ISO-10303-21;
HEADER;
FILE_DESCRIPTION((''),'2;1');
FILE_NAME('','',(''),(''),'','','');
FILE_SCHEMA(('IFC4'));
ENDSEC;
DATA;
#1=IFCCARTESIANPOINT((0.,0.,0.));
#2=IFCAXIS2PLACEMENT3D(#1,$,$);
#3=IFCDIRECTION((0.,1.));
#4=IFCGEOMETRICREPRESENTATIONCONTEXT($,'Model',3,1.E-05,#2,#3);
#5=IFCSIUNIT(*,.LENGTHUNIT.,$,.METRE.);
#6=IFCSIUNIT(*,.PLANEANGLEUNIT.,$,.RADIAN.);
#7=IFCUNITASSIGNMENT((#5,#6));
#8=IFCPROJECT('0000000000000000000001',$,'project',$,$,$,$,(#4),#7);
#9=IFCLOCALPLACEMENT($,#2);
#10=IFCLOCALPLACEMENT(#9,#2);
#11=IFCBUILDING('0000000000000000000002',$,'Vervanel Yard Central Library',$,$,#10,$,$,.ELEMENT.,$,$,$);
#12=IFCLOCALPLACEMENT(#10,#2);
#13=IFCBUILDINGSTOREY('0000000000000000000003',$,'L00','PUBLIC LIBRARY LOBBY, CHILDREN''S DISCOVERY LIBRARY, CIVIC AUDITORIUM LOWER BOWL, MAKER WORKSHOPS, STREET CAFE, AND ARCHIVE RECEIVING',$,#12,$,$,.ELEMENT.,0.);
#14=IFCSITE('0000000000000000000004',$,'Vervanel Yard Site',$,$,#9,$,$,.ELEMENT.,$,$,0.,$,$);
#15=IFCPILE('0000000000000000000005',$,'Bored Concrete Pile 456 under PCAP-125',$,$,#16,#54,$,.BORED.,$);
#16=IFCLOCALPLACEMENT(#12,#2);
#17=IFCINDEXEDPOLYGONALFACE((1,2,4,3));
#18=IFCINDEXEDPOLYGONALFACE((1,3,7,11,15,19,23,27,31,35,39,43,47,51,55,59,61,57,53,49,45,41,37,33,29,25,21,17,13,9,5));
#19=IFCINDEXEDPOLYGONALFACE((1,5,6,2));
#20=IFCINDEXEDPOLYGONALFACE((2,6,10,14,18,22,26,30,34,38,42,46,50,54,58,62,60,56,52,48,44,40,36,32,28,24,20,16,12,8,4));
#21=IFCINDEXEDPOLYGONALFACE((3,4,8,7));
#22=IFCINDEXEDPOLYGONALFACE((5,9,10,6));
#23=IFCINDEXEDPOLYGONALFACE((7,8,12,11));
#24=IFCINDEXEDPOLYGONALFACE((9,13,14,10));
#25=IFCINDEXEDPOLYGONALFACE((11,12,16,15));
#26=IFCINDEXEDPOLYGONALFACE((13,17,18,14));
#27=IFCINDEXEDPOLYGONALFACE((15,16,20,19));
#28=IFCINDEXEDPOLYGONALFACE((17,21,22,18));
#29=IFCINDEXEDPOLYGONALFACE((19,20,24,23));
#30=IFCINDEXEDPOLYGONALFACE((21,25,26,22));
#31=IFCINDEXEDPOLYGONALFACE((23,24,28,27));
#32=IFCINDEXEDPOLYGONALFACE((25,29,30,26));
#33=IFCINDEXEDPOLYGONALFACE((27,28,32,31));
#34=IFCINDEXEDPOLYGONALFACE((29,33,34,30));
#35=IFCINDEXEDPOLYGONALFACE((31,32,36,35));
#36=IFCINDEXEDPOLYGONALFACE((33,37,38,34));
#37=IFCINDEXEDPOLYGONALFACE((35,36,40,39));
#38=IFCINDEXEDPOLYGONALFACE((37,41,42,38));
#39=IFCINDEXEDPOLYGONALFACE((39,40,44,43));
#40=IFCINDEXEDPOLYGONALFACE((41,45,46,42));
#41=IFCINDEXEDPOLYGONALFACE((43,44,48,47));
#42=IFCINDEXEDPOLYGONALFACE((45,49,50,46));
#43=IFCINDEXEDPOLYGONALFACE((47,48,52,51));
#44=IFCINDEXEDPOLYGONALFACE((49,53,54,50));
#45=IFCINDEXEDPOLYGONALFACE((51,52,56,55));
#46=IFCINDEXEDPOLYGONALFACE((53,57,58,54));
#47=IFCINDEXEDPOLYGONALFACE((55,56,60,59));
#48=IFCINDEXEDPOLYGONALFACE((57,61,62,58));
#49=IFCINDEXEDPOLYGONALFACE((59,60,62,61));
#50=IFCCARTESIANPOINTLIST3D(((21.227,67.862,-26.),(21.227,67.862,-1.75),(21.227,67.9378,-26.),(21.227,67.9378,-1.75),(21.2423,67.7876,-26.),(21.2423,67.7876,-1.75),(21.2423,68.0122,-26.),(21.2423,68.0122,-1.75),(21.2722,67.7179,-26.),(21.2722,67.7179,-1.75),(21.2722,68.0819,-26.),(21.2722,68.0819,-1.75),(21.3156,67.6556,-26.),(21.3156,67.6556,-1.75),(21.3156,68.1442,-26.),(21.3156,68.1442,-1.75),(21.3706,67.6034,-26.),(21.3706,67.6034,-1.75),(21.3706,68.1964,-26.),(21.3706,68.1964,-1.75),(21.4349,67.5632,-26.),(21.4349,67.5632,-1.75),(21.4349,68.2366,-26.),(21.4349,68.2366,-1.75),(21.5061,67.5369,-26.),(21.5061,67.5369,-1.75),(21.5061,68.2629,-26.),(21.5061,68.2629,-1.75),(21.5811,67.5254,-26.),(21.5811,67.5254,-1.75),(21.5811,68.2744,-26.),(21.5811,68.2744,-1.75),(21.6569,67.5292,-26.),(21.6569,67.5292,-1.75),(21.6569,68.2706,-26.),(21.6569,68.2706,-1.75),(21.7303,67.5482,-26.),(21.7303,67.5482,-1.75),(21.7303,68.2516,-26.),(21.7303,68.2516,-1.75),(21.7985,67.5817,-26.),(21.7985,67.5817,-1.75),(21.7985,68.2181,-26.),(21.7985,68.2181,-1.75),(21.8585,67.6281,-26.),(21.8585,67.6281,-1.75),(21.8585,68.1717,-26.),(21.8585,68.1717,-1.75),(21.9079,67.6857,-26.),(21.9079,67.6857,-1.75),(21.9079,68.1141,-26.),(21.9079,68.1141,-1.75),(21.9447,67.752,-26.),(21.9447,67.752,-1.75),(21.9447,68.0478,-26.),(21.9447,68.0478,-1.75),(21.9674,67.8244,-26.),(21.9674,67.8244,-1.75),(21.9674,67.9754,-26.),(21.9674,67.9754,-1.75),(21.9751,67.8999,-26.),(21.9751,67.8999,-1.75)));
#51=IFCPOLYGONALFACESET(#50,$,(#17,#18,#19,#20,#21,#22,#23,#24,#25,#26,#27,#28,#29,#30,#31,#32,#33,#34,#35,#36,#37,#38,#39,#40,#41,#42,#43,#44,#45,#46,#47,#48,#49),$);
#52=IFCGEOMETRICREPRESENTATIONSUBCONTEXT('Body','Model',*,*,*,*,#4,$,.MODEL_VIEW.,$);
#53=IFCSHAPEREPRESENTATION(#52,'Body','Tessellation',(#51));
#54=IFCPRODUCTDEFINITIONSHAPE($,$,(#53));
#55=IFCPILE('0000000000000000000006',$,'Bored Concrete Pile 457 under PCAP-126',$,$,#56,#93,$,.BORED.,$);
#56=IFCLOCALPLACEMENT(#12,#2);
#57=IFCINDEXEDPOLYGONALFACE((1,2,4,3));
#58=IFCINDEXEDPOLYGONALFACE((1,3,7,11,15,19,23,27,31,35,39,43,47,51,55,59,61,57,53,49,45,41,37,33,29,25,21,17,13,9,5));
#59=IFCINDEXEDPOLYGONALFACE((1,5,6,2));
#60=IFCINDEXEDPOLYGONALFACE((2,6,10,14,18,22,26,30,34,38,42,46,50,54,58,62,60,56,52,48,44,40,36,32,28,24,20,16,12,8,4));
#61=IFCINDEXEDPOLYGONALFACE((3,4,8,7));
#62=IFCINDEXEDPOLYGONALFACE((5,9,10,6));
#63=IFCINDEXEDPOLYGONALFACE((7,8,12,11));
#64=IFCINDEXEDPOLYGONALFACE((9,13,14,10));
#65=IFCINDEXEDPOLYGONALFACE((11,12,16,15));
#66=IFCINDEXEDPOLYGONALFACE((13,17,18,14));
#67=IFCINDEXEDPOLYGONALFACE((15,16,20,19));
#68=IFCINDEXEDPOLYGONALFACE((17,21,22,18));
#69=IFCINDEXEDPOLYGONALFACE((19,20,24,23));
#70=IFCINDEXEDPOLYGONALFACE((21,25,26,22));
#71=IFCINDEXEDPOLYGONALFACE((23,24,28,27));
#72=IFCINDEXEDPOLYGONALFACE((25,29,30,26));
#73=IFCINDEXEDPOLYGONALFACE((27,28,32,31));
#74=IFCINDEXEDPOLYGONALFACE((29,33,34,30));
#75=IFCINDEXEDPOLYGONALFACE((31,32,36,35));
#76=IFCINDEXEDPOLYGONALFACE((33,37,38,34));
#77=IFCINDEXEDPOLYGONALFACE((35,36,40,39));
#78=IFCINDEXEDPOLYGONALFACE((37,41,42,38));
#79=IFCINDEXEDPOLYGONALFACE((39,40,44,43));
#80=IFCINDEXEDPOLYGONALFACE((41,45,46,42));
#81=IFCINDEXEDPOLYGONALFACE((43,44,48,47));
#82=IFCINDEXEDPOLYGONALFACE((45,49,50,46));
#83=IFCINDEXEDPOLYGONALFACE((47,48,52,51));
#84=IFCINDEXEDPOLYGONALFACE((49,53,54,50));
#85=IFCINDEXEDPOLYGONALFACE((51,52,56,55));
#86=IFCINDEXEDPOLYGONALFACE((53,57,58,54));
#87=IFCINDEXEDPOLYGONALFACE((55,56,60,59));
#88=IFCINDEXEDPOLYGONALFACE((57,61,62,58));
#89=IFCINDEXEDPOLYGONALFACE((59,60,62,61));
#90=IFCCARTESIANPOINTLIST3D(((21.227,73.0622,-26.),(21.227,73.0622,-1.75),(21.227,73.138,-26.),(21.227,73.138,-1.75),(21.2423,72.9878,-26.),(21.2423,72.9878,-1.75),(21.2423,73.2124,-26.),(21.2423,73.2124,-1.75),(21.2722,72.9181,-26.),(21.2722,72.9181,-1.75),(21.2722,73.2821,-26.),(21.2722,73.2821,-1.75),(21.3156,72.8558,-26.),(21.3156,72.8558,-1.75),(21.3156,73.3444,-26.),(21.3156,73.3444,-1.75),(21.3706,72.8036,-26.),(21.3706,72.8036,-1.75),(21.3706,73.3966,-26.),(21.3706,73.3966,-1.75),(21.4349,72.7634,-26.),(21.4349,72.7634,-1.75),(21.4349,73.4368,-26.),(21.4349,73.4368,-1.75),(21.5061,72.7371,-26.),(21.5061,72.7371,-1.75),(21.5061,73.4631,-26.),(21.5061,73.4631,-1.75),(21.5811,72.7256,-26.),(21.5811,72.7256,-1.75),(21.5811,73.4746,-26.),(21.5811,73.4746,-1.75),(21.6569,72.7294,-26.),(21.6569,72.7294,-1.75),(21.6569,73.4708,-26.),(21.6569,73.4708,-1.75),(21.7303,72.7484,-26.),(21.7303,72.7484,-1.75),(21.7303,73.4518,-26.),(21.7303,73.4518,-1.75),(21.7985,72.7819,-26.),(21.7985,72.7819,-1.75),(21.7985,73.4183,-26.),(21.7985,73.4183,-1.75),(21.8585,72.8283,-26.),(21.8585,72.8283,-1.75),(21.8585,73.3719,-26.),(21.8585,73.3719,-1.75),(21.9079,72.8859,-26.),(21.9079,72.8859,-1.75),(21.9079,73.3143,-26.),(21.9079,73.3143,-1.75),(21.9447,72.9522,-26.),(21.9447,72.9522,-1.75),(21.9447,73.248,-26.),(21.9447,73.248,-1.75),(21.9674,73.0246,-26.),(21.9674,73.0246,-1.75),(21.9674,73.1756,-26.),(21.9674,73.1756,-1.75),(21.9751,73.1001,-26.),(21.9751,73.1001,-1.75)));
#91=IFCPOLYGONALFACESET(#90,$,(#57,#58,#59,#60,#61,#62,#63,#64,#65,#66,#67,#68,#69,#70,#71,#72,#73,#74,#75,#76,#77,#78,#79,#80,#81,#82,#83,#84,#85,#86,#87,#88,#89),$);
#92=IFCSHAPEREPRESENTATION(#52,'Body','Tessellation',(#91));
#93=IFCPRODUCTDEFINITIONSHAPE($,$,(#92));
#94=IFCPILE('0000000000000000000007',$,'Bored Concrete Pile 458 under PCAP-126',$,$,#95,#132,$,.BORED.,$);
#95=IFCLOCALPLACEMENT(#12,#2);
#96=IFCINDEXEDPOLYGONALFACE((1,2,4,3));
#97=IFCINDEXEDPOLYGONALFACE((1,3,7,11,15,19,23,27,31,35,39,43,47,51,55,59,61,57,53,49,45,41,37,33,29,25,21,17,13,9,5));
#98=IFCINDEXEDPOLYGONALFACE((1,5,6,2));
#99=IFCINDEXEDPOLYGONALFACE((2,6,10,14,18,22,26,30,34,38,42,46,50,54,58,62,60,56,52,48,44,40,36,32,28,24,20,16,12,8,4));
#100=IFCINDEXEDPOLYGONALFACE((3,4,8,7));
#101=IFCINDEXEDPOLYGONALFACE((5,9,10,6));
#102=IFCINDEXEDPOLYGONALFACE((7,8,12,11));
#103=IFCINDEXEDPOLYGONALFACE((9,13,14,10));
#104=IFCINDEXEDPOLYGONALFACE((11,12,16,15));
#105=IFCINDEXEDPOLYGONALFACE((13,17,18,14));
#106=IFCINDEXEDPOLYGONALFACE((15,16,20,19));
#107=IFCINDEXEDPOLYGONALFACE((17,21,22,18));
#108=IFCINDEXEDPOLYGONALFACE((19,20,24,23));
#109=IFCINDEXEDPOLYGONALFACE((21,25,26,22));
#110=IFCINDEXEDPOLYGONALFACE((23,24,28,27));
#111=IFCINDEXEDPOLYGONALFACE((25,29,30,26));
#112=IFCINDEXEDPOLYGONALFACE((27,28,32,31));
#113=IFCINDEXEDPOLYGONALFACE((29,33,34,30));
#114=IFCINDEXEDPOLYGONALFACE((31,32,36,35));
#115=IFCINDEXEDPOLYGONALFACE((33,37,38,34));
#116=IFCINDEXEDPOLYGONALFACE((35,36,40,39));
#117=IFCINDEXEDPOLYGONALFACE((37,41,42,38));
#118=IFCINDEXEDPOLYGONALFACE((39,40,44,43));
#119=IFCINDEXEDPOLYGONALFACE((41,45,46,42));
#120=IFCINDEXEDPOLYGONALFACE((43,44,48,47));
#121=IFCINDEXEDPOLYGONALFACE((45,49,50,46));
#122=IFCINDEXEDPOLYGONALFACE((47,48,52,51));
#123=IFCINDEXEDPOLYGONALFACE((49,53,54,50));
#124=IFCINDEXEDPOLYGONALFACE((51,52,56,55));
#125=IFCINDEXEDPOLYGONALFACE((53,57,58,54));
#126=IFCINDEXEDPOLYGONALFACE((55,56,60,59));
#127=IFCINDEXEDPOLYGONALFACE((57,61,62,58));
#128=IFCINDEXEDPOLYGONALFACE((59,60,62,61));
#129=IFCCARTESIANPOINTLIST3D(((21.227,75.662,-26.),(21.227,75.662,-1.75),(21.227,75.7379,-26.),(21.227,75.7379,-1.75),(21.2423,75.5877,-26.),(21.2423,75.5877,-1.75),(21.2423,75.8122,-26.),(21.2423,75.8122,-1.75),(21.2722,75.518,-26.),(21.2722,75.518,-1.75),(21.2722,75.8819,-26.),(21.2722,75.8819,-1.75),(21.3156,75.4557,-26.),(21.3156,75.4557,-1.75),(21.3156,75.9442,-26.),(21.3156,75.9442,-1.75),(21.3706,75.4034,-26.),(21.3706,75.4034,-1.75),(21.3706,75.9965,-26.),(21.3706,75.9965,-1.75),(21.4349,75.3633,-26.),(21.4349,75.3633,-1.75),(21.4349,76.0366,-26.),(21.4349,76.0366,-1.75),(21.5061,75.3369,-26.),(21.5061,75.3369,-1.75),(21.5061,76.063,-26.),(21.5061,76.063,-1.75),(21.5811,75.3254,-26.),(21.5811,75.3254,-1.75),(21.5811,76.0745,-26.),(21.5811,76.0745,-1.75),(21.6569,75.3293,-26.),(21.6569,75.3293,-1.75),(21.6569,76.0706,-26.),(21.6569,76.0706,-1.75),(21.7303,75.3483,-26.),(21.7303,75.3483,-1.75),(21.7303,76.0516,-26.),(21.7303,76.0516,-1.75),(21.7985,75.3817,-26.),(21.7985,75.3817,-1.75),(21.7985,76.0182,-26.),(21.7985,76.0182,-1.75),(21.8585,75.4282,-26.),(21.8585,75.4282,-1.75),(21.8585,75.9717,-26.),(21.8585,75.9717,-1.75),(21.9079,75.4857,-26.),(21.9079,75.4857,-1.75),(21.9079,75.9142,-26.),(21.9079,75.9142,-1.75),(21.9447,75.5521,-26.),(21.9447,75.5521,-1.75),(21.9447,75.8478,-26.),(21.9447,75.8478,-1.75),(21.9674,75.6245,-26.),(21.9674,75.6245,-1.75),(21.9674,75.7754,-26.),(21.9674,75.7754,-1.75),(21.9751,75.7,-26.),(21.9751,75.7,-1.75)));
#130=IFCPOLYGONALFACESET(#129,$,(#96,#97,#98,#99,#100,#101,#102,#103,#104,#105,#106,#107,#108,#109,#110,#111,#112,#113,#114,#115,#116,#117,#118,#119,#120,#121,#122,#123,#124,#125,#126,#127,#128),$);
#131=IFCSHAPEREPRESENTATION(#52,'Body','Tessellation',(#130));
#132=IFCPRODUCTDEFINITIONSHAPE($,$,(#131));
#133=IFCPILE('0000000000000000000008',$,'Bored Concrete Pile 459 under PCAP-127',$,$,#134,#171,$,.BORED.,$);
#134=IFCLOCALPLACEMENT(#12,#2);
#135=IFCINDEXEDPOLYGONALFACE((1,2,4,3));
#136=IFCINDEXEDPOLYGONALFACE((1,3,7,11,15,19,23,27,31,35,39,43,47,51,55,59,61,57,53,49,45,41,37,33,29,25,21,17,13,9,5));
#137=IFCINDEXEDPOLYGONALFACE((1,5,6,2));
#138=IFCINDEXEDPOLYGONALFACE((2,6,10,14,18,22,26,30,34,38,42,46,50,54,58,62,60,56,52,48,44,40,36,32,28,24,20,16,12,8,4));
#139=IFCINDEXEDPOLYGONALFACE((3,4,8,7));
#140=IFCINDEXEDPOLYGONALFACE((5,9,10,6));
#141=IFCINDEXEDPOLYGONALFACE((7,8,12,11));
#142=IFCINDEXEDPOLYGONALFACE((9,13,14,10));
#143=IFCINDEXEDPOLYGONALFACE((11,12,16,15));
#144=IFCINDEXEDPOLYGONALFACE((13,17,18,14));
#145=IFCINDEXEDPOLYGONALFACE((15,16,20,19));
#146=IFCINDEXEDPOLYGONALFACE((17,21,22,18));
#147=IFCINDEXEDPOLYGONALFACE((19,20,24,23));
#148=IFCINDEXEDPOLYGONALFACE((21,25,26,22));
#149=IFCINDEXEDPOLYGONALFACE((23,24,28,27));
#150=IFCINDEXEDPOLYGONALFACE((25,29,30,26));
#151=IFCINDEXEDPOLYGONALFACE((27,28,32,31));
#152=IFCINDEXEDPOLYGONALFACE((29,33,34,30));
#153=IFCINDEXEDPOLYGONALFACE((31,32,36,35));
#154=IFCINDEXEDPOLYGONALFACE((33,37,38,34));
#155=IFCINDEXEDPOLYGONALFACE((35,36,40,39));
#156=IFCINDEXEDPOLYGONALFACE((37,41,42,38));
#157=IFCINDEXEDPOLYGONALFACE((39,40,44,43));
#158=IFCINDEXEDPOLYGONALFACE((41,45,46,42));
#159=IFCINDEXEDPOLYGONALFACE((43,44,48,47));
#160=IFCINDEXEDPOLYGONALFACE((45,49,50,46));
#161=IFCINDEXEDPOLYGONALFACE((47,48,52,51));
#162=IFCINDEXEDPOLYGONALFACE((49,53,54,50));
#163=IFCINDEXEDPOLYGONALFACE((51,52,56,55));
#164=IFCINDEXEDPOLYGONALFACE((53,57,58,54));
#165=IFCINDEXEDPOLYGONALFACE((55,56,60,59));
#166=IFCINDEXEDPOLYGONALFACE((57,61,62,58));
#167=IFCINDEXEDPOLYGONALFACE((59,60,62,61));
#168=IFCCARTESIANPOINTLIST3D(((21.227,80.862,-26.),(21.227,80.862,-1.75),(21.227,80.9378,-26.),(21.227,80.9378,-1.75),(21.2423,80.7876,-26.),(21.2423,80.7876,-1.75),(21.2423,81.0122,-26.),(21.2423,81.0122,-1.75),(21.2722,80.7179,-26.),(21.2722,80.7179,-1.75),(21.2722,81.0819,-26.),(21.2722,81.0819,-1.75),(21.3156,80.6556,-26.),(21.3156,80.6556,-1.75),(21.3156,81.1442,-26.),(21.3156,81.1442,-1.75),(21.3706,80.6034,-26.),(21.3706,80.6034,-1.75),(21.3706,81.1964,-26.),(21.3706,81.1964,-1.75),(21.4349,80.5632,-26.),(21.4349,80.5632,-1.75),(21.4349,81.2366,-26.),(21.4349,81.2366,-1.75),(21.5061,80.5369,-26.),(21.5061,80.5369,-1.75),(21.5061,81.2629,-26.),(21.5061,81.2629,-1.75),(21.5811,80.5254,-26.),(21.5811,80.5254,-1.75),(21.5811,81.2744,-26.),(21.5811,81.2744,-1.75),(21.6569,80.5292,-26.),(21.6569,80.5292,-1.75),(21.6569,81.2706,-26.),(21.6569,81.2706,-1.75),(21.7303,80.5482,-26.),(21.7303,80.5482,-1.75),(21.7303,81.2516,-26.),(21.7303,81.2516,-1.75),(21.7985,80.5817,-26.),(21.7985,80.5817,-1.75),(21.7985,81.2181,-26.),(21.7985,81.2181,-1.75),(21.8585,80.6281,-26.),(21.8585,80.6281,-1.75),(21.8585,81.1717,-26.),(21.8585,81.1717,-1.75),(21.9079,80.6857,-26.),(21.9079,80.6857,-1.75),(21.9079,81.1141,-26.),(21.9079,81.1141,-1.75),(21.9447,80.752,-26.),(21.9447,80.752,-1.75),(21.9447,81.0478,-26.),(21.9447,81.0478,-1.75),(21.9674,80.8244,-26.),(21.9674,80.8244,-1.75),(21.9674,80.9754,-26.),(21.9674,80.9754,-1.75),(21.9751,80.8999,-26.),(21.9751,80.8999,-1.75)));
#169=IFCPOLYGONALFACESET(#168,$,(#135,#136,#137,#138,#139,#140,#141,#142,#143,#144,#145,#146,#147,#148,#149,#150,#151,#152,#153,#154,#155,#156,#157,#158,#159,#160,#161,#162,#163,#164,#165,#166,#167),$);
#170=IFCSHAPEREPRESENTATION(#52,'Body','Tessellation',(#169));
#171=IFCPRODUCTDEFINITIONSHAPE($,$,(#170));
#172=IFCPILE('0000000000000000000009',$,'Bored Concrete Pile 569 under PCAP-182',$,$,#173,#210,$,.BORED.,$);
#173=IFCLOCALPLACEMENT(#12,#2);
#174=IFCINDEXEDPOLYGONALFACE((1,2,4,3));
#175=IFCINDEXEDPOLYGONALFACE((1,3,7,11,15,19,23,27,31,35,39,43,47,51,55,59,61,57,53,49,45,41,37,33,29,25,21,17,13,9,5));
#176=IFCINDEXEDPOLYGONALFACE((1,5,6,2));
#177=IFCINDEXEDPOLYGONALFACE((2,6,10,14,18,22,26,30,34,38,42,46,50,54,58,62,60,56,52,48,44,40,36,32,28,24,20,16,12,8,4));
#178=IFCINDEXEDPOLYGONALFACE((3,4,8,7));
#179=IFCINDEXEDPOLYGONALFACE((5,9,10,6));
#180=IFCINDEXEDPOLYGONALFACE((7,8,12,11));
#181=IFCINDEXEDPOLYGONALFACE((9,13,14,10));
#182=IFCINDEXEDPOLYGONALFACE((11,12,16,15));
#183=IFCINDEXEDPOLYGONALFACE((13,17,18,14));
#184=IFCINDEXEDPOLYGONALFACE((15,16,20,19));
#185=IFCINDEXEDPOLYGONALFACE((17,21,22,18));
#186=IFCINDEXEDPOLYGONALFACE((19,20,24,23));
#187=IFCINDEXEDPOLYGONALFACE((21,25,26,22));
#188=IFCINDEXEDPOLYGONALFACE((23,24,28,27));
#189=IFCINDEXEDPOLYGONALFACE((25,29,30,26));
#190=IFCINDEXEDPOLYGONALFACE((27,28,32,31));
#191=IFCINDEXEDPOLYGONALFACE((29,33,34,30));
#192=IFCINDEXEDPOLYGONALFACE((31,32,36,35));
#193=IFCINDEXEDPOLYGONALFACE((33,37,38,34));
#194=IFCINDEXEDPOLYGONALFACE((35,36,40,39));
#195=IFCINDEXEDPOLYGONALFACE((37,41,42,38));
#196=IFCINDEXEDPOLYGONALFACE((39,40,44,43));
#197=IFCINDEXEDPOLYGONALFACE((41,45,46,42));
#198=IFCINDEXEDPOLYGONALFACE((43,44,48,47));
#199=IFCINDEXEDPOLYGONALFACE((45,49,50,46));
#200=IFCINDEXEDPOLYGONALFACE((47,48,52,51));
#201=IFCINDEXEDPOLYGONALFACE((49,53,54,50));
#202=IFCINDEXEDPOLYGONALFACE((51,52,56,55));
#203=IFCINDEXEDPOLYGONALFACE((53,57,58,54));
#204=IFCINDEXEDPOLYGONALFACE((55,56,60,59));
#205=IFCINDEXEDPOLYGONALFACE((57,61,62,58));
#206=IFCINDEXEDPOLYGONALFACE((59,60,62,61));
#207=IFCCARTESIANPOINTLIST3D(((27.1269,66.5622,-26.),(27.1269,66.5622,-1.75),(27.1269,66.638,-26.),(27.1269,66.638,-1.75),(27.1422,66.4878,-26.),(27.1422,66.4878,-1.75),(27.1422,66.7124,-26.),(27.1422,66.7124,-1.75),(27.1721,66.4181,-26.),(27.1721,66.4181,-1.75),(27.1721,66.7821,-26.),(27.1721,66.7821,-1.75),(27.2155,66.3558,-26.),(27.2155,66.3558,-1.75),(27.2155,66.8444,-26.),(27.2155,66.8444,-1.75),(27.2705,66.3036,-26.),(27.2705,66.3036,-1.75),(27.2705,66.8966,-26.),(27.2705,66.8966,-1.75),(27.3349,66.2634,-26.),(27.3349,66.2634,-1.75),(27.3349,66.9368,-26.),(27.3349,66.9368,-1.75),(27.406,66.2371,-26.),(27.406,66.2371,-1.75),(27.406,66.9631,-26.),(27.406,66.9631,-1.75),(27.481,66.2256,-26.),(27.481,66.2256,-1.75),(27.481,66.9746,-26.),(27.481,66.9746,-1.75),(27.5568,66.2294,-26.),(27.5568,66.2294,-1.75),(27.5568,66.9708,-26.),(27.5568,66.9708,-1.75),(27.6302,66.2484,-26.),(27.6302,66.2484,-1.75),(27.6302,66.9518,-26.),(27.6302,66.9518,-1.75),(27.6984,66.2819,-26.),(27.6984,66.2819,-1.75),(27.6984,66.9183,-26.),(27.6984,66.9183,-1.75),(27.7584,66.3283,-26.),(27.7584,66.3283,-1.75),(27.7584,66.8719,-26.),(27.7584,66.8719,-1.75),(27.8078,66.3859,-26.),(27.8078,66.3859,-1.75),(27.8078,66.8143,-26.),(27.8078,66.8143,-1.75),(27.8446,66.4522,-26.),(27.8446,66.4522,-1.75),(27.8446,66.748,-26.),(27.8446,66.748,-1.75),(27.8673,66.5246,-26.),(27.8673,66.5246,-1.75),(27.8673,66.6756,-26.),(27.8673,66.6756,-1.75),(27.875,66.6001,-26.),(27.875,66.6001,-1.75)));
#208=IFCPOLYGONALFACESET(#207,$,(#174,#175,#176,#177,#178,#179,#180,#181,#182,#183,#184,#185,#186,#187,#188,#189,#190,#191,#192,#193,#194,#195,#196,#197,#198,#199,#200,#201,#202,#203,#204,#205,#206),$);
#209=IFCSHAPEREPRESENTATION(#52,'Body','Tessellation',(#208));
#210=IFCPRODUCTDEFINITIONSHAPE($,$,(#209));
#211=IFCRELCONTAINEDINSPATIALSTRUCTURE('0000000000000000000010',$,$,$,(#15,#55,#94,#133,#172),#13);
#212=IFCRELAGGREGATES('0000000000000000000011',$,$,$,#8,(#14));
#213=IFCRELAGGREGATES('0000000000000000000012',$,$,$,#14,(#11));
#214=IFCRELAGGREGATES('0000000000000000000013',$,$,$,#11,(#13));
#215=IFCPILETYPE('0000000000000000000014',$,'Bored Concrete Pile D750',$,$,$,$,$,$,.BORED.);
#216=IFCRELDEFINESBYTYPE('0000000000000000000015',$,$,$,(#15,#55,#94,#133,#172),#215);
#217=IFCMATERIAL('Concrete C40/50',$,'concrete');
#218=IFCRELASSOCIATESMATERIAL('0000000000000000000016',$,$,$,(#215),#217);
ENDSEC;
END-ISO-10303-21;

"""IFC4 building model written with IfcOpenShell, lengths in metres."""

from ifc_helpers import new_model, si_unit, direction, frame, origin, origin_2d, place, context, subcontext, project, spatial, circle, extrude, material, material_profile, profile_set, type_object, element, save


model = new_model("IFC4")

# Units and contexts
model_context = context("Model", 3, precision=1e-05, world=origin(), true_north=direction((0.0, 1.0)))
body_context = subcontext(model_context, "Body", "Model", "MODEL_VIEW")
ifc_project = project(units=[si_unit("LENGTHUNIT", "METRE"), si_unit("PLANEANGLEUNIT", "RADIAN")], contexts=[model_context])

# Site, building, storey
site_placement = place(None, origin())
site = spatial("IfcSite", under=ifc_project, at=site_placement, Name="Vervanel Yard Site", CompositionType="ELEMENT", RefElevation=0.0)
building_placement = place(site_placement, origin())
building = spatial("IfcBuilding", under=site, at=building_placement, Name="Vervanel Yard Central Library", CompositionType="ELEMENT")
storey_placement = place(building_placement, origin())
storey = spatial("IfcBuildingStorey", under=building, at=storey_placement, Name="L00", Description="PUBLIC LIBRARY LOBBY, CHILDREN'S DISCOVERY LIBRARY, CIVIC AUDITORIUM LOWER BOWL, MAKER WORKSHOPS, STREET CAFE, AND ARCHIVE RECEIVING", CompositionType="ELEMENT", Elevation=0.0)

# Piles
ifc_material_1 = material(Name="Concrete C40/50", Category="concrete")
ifc_material_profile_1 = material_profile(ifc_material_1, circle(Radius=0.375, at=origin_2d()), Name="BP D750", Category="concrete")
ifc_profile_set_1 = profile_set([ifc_material_profile_1], Name="Concrete C40/50")
pile_type_1 = type_object("IfcPileType", Name="Bored Concrete Pile D750", PredefinedType="BORED", material=ifc_profile_set_1)
for number, where, z_axis, x_axis, name in (
    (1, (21.6001, 67.8999, -1.75), (0.0, 0.0, -1.0), (1.0, 0.0, 0.0), "Bored Concrete Pile 456 under PCAP-125"),
    (2, (21.6001, 73.1001, -1.75), (0.0, 0.0, -1.0), (1.0, 0.0, 0.0), "Bored Concrete Pile 457 under PCAP-126"),
    (3, (21.6001, 75.7, -1.75), (0.0, 0.0, -1.0), (1.0, 0.0, 0.0), "Bored Concrete Pile 458 under PCAP-126"),
    (4, (21.6001, 80.8999, -1.75), (0.0, 0.0, -1.0), (1.0, 0.0, 0.0), "Bored Concrete Pile 459 under PCAP-127"),
    (5, (27.5, 66.6001, -1.75), (0.0, 0.0, -1.0), (1.0, 0.0, 0.0), "Bored Concrete Pile 569 under PCAP-182"),
):
    element("IfcPile", number, at=place(storey_placement, frame(where, z_axis=z_axis, x_axis=x_axis)), inside=storey, type_object=pile_type_1, Name=name, PredefinedType="BORED", context=body_context, shape_type="SweptSolid", body=[
        extrude(circle(Radius=0.375, at=origin_2d()), origin(), (0.0, 0.0, 1.0), 24.25),
    ])

save(model, "model.ifc")
